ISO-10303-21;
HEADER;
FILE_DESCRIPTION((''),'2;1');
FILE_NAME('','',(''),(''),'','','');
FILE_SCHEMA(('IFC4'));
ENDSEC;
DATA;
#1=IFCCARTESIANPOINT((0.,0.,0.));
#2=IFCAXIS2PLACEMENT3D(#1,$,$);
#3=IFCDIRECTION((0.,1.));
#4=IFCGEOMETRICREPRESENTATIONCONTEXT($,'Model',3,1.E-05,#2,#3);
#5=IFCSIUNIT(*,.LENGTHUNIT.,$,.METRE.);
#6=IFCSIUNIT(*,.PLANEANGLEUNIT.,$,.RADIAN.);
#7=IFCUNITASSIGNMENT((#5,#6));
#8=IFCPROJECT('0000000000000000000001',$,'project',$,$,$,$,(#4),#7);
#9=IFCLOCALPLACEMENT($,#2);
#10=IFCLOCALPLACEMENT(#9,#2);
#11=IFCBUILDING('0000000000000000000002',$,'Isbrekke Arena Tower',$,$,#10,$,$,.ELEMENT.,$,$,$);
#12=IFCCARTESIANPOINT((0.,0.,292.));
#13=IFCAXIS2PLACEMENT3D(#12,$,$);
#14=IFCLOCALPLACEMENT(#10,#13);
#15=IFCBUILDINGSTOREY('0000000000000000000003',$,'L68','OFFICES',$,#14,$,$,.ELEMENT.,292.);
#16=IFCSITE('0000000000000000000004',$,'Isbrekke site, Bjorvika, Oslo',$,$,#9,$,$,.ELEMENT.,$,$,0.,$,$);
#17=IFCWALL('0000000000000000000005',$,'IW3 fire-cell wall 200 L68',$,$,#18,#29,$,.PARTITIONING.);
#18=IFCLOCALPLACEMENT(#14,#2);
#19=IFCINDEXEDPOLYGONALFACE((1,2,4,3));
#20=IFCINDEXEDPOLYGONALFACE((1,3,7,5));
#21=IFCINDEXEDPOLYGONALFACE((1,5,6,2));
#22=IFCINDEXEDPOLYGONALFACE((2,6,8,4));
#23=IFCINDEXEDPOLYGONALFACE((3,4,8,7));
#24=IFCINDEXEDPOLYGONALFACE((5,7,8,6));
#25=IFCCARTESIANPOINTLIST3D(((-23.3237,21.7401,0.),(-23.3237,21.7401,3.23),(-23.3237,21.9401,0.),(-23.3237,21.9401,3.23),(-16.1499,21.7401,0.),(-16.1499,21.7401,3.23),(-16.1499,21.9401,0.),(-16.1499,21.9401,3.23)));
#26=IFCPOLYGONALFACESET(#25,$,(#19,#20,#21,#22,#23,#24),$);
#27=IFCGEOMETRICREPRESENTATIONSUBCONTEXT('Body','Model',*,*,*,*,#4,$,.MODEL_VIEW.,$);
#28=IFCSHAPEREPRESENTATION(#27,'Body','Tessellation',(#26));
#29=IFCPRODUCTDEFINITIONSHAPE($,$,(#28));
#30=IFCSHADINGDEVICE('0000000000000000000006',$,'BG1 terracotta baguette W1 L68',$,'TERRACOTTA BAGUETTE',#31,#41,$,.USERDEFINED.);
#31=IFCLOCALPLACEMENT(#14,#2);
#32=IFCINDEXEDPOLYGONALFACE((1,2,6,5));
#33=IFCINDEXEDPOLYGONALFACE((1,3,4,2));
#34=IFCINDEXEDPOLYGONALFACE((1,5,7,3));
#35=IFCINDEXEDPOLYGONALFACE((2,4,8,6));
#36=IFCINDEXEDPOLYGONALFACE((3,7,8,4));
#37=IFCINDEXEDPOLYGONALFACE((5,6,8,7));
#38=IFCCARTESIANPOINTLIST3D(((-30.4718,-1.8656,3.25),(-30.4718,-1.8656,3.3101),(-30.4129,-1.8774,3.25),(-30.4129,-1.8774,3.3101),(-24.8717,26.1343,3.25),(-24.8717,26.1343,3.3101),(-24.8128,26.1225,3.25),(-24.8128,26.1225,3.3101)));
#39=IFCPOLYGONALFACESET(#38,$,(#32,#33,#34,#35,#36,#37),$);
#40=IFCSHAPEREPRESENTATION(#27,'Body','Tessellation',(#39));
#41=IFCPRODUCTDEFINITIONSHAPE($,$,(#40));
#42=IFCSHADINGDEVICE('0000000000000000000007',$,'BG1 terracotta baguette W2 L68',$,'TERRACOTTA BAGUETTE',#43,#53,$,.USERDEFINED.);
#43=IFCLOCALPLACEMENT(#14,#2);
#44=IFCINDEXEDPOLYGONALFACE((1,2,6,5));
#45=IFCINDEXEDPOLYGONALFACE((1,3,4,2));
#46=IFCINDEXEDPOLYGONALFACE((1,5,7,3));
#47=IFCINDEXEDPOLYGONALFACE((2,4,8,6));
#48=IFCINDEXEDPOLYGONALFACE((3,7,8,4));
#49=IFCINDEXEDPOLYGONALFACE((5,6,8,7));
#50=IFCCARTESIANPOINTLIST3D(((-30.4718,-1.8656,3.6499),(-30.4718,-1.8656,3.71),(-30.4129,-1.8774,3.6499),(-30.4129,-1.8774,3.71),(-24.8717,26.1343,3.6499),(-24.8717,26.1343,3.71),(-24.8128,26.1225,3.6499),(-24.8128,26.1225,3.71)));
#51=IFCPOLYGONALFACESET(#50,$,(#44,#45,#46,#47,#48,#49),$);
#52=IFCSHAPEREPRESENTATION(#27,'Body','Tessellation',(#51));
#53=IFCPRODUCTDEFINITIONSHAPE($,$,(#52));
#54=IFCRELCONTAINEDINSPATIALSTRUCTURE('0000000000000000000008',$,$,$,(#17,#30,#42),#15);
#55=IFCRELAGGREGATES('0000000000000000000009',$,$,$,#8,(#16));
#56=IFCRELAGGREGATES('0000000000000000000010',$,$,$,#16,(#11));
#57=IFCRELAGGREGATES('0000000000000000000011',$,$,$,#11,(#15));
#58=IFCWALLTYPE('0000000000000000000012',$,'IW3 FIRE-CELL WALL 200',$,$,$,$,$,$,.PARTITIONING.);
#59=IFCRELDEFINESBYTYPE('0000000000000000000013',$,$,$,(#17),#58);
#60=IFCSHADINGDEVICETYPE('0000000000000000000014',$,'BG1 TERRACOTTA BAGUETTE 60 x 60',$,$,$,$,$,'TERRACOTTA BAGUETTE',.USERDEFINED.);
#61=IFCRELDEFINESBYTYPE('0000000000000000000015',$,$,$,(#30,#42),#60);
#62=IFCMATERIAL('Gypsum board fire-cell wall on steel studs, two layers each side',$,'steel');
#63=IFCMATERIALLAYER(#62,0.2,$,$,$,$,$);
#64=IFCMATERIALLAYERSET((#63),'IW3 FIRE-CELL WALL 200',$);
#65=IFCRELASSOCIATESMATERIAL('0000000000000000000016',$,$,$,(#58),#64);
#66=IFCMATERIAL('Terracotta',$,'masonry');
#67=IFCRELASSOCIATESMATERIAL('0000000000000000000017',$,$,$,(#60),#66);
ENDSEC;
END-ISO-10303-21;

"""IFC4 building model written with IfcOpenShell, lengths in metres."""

from ifc_helpers import new_model, si_unit, direction, frame, frame_2d, origin, origin_2d, place, context, subcontext, project, spatial, rectangle, extrude, material, layer, layer_set, material_profile, profile_set, type_object, element, save


model = new_model("IFC4")

# Units and contexts
model_context = context("Model", 3, precision=1e-05, world=origin(), true_north=direction((0.0, 1.0)))
body_context = subcontext(model_context, "Body", "Model", "MODEL_VIEW")
ifc_project = project(units=[si_unit("LENGTHUNIT", "METRE"), si_unit("PLANEANGLEUNIT", "RADIAN")], contexts=[model_context])

# Site, building, storey
site_placement = place(None, origin())
site = spatial("IfcSite", under=ifc_project, at=site_placement, Name="Isbrekke site, Bjorvika, Oslo", CompositionType="ELEMENT", RefElevation=0.0)
building_placement = place(site_placement, origin())
building = spatial("IfcBuilding", under=site, at=building_placement, Name="Isbrekke Arena Tower", CompositionType="ELEMENT")
storey_placement = place(building_placement, frame((0.0, 0.0, 292.0)))
storey = spatial("IfcBuildingStorey", under=building, at=storey_placement, Name="L68", Description="OFFICES", CompositionType="ELEMENT", Elevation=292.0)

# Wall
ifc_material_1 = material(Name="Gypsum board fire-cell wall on steel studs, two layers each side", Category="steel")
ifc_layer_1 = layer(ifc_material_1, 0.2)
ifc_layer_set_1 = layer_set([ifc_layer_1], Name="IW3 FIRE-CELL WALL 200")
wall_type = type_object("IfcWallType", Name="IW3 FIRE-CELL WALL 200", PredefinedType="PARTITIONING", material=ifc_layer_set_1)
wall_1_placement = place(storey_placement, frame((-23.3237, 21.8401, 0.0), z_axis=(0.0, 0.0, 1.0), x_axis=(1.0, 0.0, 0.0)))
element("IfcWall", 1, at=wall_1_placement, inside=storey, type_object=wall_type, Name="IW3 fire-cell wall 200 L68", PredefinedType="PARTITIONING", context=body_context, shape_type="SweptSolid", body=[
    extrude(rectangle(XDim=7.1738, YDim=0.2, at=frame_2d((3.5869, 0.0))), origin(), (0.0, 0.0, 1.0), 3.23),
])

# Shading devices
ifc_material_2 = material(Name="Terracotta", Category="masonry")
ifc_material_profile_1 = material_profile(ifc_material_2, rectangle(XDim=0.0601, YDim=0.0601, at=origin_2d()), Name="BAGUETTE 60X60")
ifc_profile_set_1 = profile_set([ifc_material_profile_1], Name="Terracotta")
shading_device_type = type_object("IfcShadingDeviceType", Name="BG1 TERRACOTTA BAGUETTE 60 x 60", ElementType="TERRACOTTA BAGUETTE", PredefinedType="USERDEFINED", material=ifc_profile_set_1)
for number, where, z_axis, x_axis, name in (
    (2, (-24.8423, 26.1284, 3.28), (-0.196119, -0.98058, 0.0), (0.98058, -0.196119, 0.0), "BG1 terracotta baguette W1 L68"),
    (3, (-24.8423, 26.1284, 3.6799), (-0.196119, -0.98058, 0.0), (0.98058, -0.196119, 0.0), "BG1 terracotta baguette W2 L68"),
):
    element("IfcShadingDevice", number, at=place(storey_placement, frame(where, z_axis=z_axis, x_axis=x_axis)), inside=storey, type_object=shading_device_type, Name=name, ObjectType="TERRACOTTA BAGUETTE", PredefinedType="USERDEFINED", context=body_context, shape_type="SweptSolid", body=[
        extrude(rectangle(XDim=0.0601, YDim=0.0601, at=origin_2d()), origin(), (0.0, 0.0, 1.0), 28.5544),
    ])

save(model, "model.ifc")
